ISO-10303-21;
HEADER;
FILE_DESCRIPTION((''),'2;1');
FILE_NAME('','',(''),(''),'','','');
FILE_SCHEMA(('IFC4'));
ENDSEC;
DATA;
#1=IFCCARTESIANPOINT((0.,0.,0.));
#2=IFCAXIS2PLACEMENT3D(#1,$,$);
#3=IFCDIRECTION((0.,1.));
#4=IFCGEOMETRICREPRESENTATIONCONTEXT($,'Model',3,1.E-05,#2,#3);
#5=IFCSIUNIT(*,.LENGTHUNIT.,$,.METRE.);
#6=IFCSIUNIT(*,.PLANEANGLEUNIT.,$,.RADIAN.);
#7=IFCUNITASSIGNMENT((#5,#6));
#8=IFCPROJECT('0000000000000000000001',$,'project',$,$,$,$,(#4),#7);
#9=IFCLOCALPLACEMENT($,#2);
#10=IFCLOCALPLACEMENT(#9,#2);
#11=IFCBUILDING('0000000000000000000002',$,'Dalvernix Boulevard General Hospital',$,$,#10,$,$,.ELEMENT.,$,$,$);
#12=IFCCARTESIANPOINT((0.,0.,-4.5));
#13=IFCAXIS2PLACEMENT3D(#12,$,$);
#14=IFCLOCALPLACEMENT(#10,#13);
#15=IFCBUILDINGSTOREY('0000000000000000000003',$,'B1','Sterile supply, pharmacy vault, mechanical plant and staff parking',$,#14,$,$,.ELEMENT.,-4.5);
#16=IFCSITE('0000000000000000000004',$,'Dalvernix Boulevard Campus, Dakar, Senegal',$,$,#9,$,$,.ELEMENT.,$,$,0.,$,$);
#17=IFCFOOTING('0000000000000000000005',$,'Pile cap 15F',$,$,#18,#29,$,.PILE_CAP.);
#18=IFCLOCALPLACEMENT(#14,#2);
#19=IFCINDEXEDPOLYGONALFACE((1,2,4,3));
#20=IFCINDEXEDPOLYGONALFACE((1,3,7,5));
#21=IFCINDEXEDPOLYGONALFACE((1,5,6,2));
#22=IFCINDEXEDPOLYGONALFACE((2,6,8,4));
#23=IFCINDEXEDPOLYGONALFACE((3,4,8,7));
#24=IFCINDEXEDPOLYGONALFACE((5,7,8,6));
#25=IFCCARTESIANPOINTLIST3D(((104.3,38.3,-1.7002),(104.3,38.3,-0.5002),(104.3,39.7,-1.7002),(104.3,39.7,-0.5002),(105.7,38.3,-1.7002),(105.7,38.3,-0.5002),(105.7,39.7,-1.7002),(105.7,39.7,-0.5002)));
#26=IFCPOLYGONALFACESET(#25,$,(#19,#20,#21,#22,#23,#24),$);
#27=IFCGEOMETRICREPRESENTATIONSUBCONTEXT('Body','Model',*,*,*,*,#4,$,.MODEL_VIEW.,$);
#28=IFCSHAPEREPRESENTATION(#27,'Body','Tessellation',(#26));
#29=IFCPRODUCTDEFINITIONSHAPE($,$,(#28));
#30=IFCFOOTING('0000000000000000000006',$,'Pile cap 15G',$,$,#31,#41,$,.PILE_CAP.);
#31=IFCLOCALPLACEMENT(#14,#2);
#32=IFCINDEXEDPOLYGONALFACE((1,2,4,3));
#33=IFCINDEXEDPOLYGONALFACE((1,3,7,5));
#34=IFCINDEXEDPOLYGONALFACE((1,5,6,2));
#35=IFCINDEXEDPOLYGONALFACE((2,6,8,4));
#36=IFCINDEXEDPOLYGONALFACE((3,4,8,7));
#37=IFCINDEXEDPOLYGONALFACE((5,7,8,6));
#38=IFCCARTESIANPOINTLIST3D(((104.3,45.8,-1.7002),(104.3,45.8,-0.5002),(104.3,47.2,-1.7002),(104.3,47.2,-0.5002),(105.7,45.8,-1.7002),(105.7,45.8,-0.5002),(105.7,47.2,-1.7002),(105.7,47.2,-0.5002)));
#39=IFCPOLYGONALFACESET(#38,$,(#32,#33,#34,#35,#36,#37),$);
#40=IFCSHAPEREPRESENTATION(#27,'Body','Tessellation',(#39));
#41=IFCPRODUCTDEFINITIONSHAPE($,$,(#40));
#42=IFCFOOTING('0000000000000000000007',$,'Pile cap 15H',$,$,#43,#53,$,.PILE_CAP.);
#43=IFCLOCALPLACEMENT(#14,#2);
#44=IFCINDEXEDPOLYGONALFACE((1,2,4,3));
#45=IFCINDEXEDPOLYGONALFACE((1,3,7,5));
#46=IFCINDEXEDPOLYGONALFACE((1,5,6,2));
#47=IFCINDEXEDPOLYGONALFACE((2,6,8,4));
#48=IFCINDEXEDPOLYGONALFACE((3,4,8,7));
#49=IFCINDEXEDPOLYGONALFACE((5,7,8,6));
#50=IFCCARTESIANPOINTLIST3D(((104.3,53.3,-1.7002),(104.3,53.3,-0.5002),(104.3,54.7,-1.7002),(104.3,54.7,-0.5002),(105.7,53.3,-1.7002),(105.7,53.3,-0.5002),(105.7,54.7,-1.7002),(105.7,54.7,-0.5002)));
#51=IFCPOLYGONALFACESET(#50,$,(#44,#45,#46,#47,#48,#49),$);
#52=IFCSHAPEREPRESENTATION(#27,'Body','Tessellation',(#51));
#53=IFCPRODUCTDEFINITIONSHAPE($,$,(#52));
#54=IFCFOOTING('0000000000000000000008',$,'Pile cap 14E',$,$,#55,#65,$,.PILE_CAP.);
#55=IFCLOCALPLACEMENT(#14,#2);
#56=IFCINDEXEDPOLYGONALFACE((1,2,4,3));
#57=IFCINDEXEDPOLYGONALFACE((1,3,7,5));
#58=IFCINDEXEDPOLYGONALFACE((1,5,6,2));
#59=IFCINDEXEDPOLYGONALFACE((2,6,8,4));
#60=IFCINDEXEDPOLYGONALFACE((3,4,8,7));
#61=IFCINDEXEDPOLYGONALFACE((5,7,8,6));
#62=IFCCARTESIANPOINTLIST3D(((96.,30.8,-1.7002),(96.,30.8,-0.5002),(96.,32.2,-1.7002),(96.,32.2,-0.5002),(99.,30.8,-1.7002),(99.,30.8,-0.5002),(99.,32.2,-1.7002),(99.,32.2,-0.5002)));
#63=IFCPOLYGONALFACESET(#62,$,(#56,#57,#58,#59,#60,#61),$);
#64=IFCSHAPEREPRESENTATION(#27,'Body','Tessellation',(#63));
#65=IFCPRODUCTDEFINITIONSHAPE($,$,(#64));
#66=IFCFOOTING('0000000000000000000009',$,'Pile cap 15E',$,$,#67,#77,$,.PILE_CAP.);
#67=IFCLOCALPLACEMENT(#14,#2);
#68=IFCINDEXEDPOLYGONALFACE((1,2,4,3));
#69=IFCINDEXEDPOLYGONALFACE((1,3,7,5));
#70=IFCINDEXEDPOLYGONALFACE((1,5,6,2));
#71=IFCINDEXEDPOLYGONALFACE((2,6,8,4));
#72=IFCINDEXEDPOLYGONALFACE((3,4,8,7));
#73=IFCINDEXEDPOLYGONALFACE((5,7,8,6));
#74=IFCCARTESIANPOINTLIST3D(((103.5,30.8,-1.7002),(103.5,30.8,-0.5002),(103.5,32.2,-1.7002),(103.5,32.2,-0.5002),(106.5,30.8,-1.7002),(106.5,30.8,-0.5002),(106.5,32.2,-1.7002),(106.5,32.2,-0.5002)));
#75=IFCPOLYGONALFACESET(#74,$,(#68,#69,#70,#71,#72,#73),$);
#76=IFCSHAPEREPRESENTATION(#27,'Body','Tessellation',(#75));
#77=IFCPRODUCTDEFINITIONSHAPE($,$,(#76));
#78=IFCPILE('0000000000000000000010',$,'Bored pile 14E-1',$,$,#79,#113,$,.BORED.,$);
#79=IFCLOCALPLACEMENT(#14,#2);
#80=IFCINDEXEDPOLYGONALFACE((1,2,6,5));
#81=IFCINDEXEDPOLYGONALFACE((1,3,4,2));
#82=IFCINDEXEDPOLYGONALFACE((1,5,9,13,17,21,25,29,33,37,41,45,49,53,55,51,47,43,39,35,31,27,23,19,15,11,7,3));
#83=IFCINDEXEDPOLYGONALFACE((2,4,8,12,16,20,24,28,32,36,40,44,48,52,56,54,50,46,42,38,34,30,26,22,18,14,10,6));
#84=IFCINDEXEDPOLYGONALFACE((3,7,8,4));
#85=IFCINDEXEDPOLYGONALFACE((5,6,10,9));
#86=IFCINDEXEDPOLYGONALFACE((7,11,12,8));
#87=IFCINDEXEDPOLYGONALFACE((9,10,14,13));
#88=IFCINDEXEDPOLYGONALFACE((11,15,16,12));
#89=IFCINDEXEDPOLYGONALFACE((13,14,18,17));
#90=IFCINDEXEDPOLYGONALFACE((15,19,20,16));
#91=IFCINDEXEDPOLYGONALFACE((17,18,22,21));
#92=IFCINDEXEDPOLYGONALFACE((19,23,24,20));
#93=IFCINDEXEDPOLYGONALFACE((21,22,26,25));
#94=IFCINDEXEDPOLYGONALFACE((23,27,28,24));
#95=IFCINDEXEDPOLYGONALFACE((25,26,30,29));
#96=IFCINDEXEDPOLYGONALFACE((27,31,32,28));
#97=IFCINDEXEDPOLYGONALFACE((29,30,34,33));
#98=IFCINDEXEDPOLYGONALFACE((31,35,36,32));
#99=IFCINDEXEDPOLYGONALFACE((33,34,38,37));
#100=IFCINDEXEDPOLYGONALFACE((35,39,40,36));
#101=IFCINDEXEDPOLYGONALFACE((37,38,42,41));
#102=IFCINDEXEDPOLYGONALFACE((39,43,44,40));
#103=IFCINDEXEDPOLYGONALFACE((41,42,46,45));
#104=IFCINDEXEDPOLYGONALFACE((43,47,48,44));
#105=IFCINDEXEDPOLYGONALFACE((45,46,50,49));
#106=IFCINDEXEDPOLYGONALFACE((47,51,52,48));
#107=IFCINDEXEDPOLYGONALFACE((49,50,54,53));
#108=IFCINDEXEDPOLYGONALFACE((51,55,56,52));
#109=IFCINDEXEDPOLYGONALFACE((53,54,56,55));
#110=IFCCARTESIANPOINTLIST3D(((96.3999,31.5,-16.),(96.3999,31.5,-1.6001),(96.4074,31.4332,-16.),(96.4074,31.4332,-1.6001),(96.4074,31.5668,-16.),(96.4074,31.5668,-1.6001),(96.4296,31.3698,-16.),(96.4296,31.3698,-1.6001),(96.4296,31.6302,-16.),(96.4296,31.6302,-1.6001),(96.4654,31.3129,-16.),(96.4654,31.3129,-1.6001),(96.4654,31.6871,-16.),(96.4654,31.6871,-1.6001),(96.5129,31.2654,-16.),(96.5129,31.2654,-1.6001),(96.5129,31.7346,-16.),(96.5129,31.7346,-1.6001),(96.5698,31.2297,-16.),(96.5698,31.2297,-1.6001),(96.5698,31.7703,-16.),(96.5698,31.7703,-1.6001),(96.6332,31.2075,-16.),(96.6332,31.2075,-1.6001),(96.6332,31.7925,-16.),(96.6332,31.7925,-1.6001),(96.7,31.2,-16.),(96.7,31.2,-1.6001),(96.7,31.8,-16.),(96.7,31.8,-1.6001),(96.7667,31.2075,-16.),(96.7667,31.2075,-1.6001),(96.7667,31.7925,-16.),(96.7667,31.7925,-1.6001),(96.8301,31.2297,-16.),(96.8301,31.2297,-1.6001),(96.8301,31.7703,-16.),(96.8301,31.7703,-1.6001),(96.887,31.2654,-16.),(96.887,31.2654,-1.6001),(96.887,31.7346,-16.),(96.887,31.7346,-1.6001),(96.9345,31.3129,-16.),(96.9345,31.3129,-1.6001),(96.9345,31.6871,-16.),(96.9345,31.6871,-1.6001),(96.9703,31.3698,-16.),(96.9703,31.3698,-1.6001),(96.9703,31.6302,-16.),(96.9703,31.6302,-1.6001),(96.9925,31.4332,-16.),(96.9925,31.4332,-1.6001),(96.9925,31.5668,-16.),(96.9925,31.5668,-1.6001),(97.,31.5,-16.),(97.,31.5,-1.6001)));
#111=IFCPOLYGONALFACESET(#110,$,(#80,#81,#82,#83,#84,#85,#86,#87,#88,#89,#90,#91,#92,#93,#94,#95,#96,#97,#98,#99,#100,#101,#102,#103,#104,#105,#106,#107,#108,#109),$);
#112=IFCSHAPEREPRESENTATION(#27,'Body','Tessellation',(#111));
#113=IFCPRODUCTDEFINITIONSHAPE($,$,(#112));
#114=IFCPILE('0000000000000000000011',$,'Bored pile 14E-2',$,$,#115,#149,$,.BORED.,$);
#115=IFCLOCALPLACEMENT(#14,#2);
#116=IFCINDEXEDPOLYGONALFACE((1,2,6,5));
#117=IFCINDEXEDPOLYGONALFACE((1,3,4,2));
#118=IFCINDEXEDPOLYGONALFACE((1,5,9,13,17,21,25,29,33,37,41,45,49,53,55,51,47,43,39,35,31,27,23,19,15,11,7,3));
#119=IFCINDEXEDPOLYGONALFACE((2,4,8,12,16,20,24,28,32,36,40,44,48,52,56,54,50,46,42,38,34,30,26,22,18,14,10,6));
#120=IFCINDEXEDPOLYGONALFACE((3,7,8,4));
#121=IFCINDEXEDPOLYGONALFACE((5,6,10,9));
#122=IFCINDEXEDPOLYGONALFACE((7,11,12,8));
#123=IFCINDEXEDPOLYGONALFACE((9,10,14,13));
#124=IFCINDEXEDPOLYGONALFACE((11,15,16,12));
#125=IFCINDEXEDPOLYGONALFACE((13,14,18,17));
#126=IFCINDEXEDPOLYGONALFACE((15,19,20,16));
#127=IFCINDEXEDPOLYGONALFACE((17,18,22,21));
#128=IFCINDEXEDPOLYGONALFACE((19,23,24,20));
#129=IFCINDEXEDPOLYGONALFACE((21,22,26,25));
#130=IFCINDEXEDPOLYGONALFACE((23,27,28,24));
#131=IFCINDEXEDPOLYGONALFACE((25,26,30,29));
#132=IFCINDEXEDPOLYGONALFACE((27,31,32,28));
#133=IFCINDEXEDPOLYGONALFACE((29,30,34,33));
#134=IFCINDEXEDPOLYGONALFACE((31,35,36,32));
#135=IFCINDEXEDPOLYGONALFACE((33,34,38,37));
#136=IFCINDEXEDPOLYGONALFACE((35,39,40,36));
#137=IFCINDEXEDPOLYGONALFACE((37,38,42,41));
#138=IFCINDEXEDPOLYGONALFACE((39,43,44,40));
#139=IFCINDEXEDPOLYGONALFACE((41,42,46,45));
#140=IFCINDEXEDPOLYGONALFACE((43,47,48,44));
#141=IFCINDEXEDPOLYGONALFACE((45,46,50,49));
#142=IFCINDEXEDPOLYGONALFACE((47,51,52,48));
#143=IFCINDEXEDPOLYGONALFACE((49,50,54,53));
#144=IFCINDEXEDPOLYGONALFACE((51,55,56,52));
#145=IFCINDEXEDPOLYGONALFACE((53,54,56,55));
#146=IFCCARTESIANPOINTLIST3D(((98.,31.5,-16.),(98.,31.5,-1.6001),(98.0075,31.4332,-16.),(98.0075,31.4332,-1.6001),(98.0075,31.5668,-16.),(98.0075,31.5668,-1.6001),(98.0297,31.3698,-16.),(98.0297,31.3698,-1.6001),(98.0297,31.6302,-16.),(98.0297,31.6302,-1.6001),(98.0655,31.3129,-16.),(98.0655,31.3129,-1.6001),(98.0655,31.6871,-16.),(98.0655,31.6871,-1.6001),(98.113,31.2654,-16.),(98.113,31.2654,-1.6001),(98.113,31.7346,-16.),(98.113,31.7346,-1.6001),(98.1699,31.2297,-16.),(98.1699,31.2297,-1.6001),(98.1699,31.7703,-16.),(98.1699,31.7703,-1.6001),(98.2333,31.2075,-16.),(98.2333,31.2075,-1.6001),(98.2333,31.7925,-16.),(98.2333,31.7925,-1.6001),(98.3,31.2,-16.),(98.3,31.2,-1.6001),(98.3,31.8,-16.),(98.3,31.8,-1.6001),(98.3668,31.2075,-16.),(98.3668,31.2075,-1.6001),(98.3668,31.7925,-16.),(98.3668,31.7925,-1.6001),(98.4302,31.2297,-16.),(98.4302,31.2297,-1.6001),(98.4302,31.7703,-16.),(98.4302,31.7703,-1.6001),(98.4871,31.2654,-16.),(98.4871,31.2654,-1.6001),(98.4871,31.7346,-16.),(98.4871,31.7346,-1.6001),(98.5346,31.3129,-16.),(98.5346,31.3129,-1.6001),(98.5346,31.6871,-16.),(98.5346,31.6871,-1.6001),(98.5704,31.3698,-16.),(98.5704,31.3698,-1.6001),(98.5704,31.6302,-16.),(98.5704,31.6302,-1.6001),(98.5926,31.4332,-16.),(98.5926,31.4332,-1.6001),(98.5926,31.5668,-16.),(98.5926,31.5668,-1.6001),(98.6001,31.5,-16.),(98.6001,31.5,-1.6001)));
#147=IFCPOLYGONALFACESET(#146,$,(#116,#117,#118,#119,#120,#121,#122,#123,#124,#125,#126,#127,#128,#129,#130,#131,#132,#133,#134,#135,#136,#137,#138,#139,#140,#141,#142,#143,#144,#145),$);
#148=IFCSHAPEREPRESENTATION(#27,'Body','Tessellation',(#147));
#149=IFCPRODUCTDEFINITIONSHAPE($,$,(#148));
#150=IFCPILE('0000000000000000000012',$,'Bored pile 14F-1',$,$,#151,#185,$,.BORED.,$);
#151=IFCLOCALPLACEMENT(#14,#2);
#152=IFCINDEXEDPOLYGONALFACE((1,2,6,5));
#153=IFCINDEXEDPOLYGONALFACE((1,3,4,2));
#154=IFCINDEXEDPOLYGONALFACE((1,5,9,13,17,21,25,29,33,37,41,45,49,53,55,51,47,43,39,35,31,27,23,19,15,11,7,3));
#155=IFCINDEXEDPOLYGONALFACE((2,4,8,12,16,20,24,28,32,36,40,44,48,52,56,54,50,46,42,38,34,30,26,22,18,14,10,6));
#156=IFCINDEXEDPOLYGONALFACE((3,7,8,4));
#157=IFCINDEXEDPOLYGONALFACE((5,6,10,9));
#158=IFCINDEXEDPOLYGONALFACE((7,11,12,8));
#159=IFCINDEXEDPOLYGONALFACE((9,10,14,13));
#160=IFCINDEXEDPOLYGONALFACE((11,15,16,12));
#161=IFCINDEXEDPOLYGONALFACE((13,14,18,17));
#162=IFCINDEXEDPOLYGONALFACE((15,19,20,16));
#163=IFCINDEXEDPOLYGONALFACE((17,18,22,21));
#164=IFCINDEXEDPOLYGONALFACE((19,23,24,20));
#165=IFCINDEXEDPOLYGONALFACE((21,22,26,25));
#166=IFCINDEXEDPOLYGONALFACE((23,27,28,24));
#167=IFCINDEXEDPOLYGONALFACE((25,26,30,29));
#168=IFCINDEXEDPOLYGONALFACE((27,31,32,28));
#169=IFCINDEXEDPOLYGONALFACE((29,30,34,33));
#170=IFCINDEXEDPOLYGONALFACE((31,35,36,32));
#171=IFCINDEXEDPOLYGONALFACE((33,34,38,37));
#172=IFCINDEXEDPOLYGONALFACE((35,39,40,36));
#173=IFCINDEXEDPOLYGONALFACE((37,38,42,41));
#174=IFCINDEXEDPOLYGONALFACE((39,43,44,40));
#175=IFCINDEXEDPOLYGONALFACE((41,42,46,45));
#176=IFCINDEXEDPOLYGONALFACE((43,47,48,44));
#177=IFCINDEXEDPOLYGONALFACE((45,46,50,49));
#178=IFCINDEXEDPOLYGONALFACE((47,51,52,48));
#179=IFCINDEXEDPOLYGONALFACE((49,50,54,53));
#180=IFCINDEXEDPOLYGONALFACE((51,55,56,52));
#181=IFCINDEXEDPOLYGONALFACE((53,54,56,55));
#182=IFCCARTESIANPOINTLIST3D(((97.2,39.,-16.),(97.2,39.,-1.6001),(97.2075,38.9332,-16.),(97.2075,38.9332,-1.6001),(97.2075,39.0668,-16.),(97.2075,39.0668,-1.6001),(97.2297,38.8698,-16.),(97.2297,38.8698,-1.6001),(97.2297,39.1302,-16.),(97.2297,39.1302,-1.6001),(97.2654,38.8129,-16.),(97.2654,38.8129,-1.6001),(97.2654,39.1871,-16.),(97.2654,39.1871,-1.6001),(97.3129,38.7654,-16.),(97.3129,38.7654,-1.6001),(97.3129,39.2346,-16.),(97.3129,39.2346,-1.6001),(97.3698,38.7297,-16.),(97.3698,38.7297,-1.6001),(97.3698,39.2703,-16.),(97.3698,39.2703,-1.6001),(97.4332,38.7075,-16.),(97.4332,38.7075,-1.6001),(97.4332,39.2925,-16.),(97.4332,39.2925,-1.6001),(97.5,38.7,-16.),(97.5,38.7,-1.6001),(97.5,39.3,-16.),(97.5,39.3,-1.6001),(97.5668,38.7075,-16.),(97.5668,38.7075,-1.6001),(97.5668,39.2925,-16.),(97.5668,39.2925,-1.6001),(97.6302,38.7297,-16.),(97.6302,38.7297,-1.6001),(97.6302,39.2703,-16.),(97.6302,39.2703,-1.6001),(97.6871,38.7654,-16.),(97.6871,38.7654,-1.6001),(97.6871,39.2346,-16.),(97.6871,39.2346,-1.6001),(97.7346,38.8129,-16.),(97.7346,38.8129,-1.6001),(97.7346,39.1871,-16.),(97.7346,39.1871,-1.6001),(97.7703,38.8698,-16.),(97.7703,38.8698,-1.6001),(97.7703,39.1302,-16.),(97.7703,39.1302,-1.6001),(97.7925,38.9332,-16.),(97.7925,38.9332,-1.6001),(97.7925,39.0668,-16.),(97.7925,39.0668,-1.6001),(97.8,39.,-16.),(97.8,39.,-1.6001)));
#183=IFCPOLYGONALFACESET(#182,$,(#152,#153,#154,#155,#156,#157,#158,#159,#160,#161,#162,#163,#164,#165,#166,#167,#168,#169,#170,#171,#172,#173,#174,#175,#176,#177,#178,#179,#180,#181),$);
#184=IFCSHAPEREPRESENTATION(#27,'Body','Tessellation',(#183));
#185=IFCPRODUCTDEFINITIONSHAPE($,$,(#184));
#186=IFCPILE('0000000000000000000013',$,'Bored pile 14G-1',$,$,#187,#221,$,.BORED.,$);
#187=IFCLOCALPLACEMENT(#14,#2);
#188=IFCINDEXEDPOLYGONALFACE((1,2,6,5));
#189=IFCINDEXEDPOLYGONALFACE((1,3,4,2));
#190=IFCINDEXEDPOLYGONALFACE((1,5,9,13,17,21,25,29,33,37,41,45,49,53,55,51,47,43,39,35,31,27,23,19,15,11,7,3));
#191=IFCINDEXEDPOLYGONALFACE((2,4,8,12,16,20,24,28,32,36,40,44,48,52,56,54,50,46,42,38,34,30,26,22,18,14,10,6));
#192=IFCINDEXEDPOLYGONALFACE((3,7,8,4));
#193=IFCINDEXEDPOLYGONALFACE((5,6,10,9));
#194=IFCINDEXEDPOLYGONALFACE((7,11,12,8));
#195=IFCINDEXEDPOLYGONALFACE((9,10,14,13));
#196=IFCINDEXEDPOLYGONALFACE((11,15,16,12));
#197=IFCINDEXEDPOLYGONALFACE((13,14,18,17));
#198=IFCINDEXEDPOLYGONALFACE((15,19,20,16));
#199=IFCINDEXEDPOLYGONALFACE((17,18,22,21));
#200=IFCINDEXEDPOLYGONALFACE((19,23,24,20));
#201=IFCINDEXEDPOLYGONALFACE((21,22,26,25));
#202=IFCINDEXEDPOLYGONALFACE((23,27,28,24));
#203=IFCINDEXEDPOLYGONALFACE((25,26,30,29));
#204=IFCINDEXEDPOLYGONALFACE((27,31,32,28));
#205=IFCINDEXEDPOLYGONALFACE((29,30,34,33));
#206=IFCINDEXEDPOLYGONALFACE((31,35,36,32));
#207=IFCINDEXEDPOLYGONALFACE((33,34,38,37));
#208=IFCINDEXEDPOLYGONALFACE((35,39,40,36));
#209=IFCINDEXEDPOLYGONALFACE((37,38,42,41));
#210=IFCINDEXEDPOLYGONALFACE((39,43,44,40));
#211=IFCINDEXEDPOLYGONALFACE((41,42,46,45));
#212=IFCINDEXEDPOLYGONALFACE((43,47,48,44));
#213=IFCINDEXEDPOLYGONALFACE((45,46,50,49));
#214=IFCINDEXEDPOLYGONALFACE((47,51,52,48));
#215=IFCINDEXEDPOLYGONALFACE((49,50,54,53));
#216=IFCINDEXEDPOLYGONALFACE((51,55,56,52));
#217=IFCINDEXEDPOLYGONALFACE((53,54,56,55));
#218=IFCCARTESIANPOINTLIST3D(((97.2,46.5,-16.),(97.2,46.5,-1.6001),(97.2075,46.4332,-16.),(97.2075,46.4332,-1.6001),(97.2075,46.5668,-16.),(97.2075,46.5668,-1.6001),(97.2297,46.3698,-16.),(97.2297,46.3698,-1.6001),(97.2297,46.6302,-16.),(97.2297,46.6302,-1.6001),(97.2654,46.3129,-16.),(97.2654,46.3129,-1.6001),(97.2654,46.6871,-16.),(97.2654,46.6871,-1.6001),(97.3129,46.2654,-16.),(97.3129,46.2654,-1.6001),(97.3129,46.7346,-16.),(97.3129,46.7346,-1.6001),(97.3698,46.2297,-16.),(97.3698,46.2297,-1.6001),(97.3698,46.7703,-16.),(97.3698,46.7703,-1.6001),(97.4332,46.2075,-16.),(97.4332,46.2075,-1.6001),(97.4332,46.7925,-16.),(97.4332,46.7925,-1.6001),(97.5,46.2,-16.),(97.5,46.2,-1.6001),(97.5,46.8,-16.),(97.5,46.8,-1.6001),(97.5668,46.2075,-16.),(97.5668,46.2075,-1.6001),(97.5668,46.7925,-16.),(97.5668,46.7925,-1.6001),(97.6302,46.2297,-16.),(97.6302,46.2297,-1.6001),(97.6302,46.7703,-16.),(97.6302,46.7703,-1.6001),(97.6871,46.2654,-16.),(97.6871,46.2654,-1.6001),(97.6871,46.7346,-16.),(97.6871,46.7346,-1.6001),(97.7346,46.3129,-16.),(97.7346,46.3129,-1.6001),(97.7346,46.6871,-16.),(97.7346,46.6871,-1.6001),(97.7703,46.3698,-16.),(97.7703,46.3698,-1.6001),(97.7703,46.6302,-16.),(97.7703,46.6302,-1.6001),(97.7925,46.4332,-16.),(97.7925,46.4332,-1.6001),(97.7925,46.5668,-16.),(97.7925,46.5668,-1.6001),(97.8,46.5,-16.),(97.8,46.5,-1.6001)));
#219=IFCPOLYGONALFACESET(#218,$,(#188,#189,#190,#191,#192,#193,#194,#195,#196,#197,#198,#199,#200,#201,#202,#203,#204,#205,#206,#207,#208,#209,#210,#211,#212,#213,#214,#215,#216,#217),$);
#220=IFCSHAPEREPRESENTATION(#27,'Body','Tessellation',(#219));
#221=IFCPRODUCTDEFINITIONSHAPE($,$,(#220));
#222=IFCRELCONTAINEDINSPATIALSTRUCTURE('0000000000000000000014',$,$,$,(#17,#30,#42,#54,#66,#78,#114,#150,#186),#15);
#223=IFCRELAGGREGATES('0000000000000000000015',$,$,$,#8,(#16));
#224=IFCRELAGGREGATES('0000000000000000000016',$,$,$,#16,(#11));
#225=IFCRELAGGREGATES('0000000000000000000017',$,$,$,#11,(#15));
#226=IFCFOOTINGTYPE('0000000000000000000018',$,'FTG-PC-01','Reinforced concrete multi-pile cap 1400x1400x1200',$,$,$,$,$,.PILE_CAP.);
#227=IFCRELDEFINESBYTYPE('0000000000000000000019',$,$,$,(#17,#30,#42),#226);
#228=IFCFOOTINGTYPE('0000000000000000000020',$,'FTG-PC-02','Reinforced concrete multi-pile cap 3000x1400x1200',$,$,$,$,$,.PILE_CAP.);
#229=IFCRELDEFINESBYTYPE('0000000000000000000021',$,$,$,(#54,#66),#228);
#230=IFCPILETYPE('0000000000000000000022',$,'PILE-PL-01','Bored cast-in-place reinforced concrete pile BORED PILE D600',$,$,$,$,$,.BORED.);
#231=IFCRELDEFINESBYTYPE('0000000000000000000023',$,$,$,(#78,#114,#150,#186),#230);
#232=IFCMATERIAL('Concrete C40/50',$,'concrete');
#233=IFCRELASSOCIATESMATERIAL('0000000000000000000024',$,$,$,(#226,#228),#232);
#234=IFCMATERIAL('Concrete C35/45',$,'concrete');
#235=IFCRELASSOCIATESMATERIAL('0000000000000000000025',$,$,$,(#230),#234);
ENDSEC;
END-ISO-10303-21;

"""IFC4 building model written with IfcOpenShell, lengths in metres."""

from ifc_helpers import new_model, si_unit, direction, frame, origin, origin_2d, place, context, subcontext, project, spatial, rectangle, circle, extrude, material, material_profile, profile_set, type_object, element, save


model = new_model("IFC4")

# Units and contexts
model_context = context("Model", 3, precision=1e-05, world=origin(), true_north=direction((0.0, 1.0)))
body_context = subcontext(model_context, "Body", "Model", "MODEL_VIEW")
ifc_project = project(units=[si_unit("LENGTHUNIT", "METRE"), si_unit("PLANEANGLEUNIT", "RADIAN")], contexts=[model_context])

# Site, building, storey
site_placement = place(None, origin())
site = spatial("IfcSite", under=ifc_project, at=site_placement, Name="Dalvernix Boulevard Campus, Dakar, Senegal", CompositionType="ELEMENT", RefElevation=0.0)
building_placement = place(site_placement, origin())
building = spatial("IfcBuilding", under=site, at=building_placement, Name="Dalvernix Boulevard General Hospital", CompositionType="ELEMENT")
storey_placement = place(building_placement, frame((0.0, 0.0, -4.5)))
storey = spatial("IfcBuildingStorey", under=building, at=storey_placement, Name="B1", Description="Sterile supply, pharmacy vault, mechanical plant and staff parking", CompositionType="ELEMENT", Elevation=-4.5)

# Footings
ifc_material_1 = material(Name="Concrete C35/45", Category="concrete")
ifc_material_2 = material(Name="Concrete C40/50", Category="concrete")
footing_type_1 = type_object("IfcFootingType", Name="FTG-PC-01", Description="Reinforced concrete multi-pile cap 1400x1400x1200", PredefinedType="PILE_CAP", material=ifc_material_2)
for number, where, z_axis, x_axis, name in (
    (1, (105.0, 39.0, -1.7002), (0.0, 0.0, 1.0), (1.0, 0.0, 0.0), "Pile cap 15F"),
    (2, (105.0, 46.5, -1.7002), (0.0, 0.0, 1.0), (1.0, 0.0, 0.0), "Pile cap 15G"),
    (3, (105.0, 54.0, -1.7002), (0.0, 0.0, 1.0), (1.0, 0.0, 0.0), "Pile cap 15H"),
):
    element("IfcFooting", number, at=place(storey_placement, frame(where, z_axis=z_axis, x_axis=x_axis)), inside=storey, type_object=footing_type_1, Name=name, PredefinedType="PILE_CAP", context=body_context, shape_type="SweptSolid", body=[
        extrude(rectangle(XDim=1.3999, YDim=1.3999, at=origin_2d()), origin(), (0.0, 0.0, 1.0), 1.2),
    ])
footing_type_2 = type_object("IfcFootingType", Name="FTG-PC-02", Description="Reinforced concrete multi-pile cap 3000x1400x1200", PredefinedType="PILE_CAP", material=ifc_material_2)
for number, where, z_axis, x_axis, name in (
    (4, (97.5, 31.5, -1.7002), (0.0, 0.0, 1.0), (1.0, 0.0, 0.0), "Pile cap 14E"),
    (5, (105.0, 31.5, -1.7002), (0.0, 0.0, 1.0), (1.0, 0.0, 0.0), "Pile cap 15E"),
):
    element("IfcFooting", number, at=place(storey_placement, frame(where, z_axis=z_axis, x_axis=x_axis)), inside=storey, type_object=footing_type_2, Name=name, PredefinedType="PILE_CAP", context=body_context, shape_type="SweptSolid", body=[
        extrude(rectangle(XDim=3.0, YDim=1.3999, at=origin_2d()), origin(), (0.0, 0.0, 1.0), 1.2),
    ])

# Piles
ifc_material_profile_1 = material_profile(ifc_material_1, circle(Radius=0.3, at=origin_2d()), Name="BORED PILE D600")
ifc_profile_set_1 = profile_set([ifc_material_profile_1], Name="Concrete C35/45")
pile_type = type_object("IfcPileType", Name="PILE-PL-01", Description="Bored cast-in-place reinforced concrete pile BORED PILE D600", PredefinedType="BORED", material=ifc_profile_set_1)
for number, where, z_axis, x_axis, name in (
    (6, (96.7, 31.5, -1.6001), (0.0, 0.0, -1.0), (1.0, 0.0, 0.0), "Bored pile 14E-1"),
    (7, (98.3, 31.5, -1.6001), (0.0, 0.0, -1.0), (1.0, 0.0, 0.0), "Bored pile 14E-2"),
    (8, (97.5, 39.0, -1.6001), (0.0, 0.0, -1.0), (1.0, 0.0, 0.0), "Bored pile 14F-1"),
    (9, (97.5, 46.5, -1.6001), (0.0, 0.0, -1.0), (1.0, 0.0, 0.0), "Bored pile 14G-1"),
):
    element("IfcPile", number, at=place(storey_placement, frame(where, z_axis=z_axis, x_axis=x_axis)), inside=storey, type_object=pile_type, Name=name, PredefinedType="BORED", context=body_context, shape_type="SweptSolid", body=[
        extrude(circle(Radius=0.3, at=origin_2d()), origin(), (0.0, 0.0, 1.0), 14.3999),
    ])

save(model, "model.ifc")
